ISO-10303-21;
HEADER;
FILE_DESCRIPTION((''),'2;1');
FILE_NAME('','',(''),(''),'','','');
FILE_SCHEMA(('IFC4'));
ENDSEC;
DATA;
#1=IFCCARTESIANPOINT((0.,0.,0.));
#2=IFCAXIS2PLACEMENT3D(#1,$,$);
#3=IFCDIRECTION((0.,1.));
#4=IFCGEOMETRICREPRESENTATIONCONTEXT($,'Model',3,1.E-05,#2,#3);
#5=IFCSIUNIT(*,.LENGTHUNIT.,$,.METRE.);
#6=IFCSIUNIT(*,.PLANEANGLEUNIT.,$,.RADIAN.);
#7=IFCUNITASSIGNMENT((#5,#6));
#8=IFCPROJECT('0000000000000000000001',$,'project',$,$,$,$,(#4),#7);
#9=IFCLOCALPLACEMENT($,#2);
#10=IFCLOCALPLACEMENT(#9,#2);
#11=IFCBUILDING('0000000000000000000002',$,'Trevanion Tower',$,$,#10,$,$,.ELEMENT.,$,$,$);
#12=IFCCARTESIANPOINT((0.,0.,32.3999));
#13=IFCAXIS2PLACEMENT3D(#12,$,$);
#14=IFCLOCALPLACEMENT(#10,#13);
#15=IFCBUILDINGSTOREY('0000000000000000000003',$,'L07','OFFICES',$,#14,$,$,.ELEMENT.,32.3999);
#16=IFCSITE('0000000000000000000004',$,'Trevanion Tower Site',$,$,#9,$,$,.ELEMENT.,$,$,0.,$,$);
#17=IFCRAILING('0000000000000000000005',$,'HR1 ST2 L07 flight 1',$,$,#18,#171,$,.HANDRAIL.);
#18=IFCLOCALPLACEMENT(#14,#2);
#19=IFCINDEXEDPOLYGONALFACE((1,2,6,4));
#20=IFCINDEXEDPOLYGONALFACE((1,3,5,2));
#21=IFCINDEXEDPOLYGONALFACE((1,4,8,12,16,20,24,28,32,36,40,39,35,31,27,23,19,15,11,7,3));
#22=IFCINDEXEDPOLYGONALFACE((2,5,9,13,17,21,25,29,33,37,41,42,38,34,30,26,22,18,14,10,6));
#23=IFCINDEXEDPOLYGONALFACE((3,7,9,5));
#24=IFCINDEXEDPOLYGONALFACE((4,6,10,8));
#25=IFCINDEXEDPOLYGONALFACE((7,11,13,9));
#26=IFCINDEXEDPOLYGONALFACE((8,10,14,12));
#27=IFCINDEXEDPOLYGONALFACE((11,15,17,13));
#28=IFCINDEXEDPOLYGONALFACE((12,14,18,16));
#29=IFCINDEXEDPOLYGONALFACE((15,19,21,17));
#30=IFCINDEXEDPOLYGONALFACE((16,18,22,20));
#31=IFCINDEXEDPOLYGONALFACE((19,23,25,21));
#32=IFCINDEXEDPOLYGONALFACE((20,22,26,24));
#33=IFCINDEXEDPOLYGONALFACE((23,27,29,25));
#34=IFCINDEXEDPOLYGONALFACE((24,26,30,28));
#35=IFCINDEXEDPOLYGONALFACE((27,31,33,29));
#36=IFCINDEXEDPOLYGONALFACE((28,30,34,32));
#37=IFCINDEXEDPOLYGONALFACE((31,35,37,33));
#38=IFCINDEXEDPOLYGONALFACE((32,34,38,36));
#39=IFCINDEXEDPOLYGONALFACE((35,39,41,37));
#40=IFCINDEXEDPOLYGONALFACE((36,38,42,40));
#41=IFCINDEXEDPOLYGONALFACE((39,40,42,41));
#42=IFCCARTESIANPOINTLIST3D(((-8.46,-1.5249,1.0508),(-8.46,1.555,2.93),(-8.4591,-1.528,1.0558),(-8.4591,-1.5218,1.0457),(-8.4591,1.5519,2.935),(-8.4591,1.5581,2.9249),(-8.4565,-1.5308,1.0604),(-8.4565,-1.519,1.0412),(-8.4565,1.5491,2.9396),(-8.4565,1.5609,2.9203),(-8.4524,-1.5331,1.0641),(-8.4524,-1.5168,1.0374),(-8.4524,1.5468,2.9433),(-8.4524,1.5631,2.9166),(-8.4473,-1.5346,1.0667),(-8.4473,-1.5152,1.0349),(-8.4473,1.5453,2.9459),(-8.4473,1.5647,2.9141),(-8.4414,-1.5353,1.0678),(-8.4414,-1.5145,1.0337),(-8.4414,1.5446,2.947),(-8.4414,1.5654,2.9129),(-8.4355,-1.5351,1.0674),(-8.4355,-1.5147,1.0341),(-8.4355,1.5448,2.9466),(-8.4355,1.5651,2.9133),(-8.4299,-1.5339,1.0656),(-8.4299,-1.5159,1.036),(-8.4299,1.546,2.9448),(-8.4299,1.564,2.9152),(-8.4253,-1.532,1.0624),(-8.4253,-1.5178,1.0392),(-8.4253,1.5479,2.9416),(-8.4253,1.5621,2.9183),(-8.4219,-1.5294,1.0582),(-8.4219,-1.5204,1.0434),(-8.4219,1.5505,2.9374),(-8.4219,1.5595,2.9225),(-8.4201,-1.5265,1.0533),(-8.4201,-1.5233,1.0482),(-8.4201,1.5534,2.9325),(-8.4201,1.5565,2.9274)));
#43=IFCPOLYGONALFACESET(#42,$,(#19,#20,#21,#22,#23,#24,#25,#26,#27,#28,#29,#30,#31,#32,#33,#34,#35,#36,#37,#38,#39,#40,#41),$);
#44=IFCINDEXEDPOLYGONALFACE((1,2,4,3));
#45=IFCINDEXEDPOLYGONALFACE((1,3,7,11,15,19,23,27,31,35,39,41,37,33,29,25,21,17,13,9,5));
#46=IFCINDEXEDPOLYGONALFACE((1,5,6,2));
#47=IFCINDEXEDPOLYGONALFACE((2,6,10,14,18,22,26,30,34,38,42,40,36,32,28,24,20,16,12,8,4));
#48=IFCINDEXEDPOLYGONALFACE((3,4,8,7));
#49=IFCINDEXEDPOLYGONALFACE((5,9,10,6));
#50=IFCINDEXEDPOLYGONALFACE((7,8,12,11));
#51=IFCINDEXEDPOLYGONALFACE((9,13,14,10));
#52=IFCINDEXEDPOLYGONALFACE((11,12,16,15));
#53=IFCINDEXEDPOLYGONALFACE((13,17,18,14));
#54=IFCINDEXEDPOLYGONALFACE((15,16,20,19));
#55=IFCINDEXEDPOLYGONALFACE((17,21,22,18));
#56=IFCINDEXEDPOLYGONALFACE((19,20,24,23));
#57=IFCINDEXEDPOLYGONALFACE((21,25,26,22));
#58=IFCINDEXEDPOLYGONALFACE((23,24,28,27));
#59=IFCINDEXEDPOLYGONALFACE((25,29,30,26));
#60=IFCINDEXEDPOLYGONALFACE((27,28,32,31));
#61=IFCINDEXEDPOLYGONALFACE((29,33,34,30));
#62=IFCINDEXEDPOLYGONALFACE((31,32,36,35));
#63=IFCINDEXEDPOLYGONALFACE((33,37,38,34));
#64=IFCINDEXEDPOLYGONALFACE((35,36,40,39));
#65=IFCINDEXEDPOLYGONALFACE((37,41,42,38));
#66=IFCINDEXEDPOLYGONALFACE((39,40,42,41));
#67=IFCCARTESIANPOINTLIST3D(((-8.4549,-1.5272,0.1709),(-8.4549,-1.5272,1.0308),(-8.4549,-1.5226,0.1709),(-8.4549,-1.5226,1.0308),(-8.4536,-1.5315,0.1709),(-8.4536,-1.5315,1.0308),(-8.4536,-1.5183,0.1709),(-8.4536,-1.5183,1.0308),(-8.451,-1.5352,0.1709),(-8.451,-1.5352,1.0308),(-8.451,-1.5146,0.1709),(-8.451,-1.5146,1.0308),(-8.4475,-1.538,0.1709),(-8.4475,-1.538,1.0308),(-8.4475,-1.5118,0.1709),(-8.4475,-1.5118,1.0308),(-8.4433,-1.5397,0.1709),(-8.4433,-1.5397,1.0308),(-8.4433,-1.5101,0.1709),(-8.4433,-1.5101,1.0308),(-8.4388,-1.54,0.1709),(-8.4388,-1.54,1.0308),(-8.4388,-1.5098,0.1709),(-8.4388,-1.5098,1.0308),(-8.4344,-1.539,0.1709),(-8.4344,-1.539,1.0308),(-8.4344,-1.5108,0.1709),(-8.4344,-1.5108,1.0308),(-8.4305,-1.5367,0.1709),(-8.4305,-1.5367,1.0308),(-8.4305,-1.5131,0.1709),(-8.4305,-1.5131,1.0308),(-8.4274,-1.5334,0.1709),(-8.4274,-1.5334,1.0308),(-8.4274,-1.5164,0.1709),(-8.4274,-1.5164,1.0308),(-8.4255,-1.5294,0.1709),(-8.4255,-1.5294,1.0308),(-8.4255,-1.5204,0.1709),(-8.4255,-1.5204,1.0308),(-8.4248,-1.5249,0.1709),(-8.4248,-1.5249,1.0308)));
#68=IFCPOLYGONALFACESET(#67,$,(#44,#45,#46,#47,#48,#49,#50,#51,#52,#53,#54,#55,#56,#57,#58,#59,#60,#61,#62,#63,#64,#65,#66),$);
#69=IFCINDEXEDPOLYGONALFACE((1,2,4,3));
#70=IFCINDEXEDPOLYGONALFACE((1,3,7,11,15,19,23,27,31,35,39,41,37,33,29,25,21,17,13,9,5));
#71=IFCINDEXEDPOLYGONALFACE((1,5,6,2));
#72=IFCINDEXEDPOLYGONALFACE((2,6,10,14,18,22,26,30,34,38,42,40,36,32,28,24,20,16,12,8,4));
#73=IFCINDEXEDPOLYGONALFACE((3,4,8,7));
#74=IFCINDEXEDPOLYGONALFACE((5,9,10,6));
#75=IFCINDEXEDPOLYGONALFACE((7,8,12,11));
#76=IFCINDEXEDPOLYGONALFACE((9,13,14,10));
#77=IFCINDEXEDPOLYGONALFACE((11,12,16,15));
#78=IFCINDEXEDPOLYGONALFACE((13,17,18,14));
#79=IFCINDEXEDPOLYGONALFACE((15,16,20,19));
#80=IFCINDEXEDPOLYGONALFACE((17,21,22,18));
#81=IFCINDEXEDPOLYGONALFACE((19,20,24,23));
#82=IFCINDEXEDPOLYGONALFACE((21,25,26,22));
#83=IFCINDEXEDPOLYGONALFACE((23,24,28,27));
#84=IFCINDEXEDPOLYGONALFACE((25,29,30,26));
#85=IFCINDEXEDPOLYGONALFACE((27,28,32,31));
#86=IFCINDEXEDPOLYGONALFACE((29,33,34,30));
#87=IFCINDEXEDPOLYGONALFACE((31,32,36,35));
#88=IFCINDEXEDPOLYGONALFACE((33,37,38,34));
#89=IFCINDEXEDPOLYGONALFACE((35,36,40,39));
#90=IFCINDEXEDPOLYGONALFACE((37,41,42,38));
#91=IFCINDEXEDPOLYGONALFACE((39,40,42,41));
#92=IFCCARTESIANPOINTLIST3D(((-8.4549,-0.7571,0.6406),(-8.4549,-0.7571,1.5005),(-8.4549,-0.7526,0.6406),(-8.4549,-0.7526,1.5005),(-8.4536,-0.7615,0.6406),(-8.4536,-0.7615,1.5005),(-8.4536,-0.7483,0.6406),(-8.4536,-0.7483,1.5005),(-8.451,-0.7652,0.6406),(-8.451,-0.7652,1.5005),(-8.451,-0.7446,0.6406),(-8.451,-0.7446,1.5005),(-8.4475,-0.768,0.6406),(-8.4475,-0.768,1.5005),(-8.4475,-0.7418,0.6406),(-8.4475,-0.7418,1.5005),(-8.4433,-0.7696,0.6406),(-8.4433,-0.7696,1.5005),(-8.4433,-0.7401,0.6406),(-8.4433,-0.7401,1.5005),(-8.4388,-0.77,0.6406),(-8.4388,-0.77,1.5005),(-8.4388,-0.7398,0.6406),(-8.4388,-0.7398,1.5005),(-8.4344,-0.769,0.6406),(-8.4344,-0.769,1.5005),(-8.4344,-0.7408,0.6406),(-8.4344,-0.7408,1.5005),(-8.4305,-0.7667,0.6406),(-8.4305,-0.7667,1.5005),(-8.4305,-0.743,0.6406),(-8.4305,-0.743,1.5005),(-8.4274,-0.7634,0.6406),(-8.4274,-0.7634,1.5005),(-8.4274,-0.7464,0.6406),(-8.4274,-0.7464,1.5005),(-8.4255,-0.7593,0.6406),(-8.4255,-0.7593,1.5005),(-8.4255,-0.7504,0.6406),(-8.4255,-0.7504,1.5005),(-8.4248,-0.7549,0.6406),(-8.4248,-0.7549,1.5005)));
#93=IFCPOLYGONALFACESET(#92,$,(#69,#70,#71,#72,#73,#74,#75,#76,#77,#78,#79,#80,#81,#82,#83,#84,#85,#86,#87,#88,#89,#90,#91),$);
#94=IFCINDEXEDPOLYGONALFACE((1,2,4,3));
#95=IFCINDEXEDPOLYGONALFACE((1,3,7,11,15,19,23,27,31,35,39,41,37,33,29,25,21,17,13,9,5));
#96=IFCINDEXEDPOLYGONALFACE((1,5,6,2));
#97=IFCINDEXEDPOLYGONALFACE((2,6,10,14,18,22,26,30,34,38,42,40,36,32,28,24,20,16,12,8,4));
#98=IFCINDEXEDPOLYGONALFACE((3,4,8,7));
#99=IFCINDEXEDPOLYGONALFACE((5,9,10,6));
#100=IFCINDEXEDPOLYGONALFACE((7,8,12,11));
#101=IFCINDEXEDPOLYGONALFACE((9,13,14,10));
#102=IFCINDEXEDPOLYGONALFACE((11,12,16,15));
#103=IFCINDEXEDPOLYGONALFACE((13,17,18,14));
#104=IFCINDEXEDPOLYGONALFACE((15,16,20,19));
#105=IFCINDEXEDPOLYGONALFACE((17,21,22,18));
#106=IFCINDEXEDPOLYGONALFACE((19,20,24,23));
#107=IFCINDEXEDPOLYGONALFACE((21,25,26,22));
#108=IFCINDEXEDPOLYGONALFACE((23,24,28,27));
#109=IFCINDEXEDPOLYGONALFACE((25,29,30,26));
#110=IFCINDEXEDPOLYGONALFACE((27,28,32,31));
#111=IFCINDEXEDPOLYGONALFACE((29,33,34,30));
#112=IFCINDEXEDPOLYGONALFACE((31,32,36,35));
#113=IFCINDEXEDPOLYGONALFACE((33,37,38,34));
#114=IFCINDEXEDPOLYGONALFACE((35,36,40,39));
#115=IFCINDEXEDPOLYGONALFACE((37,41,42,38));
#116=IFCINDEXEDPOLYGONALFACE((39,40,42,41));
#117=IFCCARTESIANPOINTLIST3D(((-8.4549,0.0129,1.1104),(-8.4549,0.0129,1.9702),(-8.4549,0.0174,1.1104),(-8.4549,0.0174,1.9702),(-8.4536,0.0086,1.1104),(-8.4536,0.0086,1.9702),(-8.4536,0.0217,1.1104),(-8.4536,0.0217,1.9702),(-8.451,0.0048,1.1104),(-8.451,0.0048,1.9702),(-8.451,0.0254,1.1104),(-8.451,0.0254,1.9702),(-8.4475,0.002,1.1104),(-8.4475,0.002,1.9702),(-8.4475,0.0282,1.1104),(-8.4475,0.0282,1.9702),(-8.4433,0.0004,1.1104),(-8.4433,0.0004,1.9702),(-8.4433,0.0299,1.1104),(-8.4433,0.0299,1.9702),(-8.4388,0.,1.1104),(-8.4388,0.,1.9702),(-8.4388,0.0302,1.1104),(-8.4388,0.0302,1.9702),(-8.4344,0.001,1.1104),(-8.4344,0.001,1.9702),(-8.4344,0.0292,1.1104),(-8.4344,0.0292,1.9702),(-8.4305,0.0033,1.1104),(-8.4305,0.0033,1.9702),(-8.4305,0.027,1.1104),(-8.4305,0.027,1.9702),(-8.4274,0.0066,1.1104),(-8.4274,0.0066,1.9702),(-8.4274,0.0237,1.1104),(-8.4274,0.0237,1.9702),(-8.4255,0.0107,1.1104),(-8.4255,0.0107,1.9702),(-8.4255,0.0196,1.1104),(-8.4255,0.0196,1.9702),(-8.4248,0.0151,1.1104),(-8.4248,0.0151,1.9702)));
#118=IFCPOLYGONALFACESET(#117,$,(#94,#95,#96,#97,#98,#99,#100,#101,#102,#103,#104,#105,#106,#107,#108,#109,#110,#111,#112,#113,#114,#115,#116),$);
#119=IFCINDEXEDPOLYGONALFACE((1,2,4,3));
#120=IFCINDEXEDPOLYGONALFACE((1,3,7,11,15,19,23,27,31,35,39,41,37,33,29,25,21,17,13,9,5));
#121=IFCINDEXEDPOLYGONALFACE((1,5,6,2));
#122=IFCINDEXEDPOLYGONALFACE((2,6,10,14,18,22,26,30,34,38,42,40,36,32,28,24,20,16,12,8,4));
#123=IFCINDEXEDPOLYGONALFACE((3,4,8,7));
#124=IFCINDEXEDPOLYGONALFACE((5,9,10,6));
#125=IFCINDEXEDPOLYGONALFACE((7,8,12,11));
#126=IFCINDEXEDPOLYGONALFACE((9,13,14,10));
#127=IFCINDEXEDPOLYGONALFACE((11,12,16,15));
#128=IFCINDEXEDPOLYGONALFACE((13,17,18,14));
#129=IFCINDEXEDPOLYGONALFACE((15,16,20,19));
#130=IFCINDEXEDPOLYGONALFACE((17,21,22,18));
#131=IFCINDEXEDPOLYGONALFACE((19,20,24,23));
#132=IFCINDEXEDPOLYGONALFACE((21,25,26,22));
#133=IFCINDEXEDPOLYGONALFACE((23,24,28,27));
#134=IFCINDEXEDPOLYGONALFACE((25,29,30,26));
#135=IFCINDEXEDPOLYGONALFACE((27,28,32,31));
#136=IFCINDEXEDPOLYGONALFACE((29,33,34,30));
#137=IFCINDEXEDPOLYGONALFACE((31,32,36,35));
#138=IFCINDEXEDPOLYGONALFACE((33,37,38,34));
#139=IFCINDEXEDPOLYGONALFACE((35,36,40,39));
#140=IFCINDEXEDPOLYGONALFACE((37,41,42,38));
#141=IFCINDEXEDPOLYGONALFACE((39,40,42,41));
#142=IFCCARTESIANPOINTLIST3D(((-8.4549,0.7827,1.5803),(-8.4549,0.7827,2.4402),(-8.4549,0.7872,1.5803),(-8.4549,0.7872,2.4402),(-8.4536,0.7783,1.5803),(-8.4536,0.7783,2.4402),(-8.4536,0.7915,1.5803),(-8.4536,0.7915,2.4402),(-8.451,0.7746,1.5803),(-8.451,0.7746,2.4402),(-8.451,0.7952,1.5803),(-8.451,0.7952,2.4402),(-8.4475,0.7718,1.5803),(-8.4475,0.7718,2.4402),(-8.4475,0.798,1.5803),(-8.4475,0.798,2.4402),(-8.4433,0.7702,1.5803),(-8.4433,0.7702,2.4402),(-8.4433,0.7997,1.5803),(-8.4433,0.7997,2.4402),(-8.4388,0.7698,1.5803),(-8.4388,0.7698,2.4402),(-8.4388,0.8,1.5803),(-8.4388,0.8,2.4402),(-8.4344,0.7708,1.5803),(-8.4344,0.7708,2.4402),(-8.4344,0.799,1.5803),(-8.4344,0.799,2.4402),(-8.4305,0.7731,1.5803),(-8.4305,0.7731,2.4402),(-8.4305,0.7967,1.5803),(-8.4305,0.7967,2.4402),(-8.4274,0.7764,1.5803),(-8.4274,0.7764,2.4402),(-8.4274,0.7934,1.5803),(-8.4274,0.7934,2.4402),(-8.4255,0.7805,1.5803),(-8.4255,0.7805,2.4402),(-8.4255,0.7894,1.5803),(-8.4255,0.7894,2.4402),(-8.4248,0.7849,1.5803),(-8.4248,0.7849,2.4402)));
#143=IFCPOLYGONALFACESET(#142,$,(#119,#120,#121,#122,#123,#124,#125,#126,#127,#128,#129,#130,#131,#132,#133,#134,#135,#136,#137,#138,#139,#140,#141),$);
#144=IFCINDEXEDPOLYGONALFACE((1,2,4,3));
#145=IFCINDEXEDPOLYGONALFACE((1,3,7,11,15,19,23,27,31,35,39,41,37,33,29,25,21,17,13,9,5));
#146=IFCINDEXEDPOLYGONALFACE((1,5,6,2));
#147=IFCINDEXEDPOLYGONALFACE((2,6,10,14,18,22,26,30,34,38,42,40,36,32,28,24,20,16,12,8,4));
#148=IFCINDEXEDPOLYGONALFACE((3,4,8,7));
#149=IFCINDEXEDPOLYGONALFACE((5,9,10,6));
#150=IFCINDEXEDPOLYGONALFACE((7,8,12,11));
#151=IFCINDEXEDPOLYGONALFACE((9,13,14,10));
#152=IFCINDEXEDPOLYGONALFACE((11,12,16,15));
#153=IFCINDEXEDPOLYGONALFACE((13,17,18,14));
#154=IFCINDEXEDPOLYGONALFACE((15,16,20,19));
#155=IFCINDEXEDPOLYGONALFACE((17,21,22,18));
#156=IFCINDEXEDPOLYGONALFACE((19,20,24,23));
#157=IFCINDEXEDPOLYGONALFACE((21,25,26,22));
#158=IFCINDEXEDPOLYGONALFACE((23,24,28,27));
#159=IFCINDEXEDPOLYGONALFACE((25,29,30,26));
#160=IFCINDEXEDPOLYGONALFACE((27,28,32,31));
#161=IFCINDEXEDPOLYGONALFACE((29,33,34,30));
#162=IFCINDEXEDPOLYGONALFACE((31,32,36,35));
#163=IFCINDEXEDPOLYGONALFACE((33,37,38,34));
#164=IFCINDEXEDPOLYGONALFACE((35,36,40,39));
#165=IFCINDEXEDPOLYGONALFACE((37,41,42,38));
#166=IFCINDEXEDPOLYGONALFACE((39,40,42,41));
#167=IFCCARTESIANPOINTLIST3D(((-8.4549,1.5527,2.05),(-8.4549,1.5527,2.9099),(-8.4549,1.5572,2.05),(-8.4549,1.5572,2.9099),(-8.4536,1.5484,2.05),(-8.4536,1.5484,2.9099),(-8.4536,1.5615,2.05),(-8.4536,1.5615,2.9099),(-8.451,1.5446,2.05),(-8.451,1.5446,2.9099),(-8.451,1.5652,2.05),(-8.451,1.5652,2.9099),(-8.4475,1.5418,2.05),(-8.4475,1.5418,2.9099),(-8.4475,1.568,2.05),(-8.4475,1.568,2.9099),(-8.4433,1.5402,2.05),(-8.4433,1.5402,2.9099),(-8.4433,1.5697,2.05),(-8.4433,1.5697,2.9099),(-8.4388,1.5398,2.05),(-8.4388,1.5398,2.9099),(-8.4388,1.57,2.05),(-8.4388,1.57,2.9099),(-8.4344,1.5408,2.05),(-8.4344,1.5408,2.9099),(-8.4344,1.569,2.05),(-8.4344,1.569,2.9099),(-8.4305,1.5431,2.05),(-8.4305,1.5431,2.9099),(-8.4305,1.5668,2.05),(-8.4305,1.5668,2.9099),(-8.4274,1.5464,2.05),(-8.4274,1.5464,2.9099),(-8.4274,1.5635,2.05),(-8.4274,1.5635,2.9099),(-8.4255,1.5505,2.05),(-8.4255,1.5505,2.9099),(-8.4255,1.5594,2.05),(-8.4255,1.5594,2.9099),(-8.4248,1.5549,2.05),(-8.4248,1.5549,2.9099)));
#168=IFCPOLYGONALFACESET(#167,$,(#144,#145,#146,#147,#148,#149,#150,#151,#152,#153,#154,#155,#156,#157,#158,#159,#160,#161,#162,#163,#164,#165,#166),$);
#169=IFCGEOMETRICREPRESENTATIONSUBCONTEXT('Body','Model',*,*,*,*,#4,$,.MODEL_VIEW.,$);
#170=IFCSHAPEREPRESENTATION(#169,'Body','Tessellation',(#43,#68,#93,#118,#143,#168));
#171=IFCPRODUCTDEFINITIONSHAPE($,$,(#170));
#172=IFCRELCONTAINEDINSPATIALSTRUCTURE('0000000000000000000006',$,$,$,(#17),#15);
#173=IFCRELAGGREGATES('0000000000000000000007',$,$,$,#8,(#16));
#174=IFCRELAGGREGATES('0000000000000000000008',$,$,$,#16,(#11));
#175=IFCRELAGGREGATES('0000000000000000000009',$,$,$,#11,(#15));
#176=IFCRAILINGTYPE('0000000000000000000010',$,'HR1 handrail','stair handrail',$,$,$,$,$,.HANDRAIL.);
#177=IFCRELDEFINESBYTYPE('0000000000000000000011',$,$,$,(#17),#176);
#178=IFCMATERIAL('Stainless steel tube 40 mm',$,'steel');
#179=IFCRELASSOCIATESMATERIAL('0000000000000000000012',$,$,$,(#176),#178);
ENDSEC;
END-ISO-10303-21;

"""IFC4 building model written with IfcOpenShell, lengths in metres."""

from ifc_helpers import new_model, si_unit, direction, frame, origin, origin_2d, place, context, subcontext, project, spatial, circle, extrude, material, type_object, element, save


model = new_model("IFC4")

# Units and contexts
model_context = context("Model", 3, precision=1e-05, world=origin(), true_north=direction((0.0, 1.0)))
body_context = subcontext(model_context, "Body", "Model", "MODEL_VIEW")
ifc_project = project(units=[si_unit("LENGTHUNIT", "METRE"), si_unit("PLANEANGLEUNIT", "RADIAN")], contexts=[model_context])

# Site, building, storey
site_placement = place(None, origin())
site = spatial("IfcSite", under=ifc_project, at=site_placement, Name="Trevanion Tower Site", CompositionType="ELEMENT", RefElevation=0.0)
building_placement = place(site_placement, origin())
building = spatial("IfcBuilding", under=site, at=building_placement, Name="Trevanion Tower", CompositionType="ELEMENT")
storey_placement = place(building_placement, frame((0.0, 0.0, 32.3999)))
storey = spatial("IfcBuildingStorey", under=building, at=storey_placement, Name="L07", Description="OFFICES", CompositionType="ELEMENT", Elevation=32.3999)

# Railing
ifc_material_1 = material(Name="Stainless steel tube 40 mm", Category="steel")
railing_type = type_object("IfcRailingType", Name="HR1 handrail", Description="stair handrail", PredefinedType="HANDRAIL", material=ifc_material_1)
for number, where, name in (
    (1, (-8.4399, -1.5249, 0.1709), "HR1 ST2 L07 flight 1"),
):
    element("IfcRailing", number, at=place(storey_placement, frame(where)), inside=storey, type_object=railing_type, Name=name, PredefinedType="HANDRAIL", context=body_context, shape_type="SweptSolid", body=[
        extrude(circle(Radius=0.02, at=origin_2d()), frame((0.0, 0.0, 0.8799), z_axis=(0.0, 0.853648, 0.52085), x_axis=(-1.0, 0.0, 0.0)), (0.0, 0.0, 1.0), 3.6079),
        extrude(circle(Radius=0.0151, at=origin_2d()), origin(), (0.0, 0.0, 1.0), 0.8599),
        extrude(circle(Radius=0.0151, at=origin_2d()), frame((0.0, 0.77, 0.4697)), (0.0, 0.0, 1.0), 0.8599),
        extrude(circle(Radius=0.0151, at=origin_2d()), frame((0.0, 1.54, 0.9395)), (0.0, 0.0, 1.0), 0.8599),
        extrude(circle(Radius=0.0151, at=origin_2d()), frame((0.0, 2.3098, 1.4094)), (0.0, 0.0, 1.0), 0.8599),
        extrude(circle(Radius=0.0151, at=origin_2d()), frame((0.0, 3.0798, 1.8792)), (0.0, 0.0, 1.0), 0.8599),
    ])

save(model, "model.ifc")
